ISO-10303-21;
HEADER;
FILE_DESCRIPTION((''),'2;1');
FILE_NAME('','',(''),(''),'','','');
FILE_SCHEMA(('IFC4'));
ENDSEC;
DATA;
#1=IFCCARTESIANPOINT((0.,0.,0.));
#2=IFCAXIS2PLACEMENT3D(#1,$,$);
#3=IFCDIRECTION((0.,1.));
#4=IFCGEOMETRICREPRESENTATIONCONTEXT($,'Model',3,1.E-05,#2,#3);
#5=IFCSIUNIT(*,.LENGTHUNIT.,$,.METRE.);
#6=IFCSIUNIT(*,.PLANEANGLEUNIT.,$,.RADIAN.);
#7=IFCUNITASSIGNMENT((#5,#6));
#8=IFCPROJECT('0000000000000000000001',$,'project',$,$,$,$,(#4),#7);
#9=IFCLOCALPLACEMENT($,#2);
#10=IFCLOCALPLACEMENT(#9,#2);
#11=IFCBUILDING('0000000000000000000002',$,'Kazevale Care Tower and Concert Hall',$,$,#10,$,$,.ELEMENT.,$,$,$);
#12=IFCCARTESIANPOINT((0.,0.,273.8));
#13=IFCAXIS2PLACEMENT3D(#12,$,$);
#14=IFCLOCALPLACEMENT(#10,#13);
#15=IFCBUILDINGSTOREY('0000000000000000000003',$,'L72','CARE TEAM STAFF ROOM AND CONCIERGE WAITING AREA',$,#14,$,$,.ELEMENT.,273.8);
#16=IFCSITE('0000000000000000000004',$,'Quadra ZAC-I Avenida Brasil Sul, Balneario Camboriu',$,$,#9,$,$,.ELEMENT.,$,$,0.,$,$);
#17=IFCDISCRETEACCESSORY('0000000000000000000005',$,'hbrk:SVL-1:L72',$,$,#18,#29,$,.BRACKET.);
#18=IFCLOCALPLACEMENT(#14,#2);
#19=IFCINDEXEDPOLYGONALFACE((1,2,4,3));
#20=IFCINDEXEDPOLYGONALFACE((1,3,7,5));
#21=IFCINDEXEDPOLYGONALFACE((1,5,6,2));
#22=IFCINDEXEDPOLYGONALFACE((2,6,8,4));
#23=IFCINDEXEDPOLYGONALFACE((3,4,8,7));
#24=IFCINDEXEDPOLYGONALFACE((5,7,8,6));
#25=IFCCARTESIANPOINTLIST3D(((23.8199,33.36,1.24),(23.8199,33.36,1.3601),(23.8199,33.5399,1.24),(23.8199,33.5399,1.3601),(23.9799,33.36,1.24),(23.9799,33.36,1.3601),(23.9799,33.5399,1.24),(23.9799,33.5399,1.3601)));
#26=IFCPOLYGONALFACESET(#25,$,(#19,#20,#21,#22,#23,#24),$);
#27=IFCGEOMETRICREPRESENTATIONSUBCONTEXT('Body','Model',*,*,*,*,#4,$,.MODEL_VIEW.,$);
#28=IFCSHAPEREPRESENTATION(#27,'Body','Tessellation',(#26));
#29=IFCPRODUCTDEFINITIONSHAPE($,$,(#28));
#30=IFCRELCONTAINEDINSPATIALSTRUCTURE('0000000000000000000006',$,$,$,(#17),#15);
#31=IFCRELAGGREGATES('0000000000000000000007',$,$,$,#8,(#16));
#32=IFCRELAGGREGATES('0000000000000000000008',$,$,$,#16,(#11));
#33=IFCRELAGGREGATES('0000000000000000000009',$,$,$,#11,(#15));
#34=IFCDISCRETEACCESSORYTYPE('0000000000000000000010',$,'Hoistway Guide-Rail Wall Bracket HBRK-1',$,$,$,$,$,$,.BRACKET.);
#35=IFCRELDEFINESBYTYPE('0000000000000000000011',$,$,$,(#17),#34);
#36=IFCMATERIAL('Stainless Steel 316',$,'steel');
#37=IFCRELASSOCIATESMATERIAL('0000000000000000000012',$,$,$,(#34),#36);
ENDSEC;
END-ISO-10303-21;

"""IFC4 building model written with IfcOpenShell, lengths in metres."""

from ifc_helpers import new_model, si_unit, direction, frame, origin, origin_2d, place, context, subcontext, project, spatial, rectangle, extrude, material, type_object, element, save


model = new_model("IFC4")

# Units and contexts
model_context = context("Model", 3, precision=1e-05, world=origin(), true_north=direction((0.0, 1.0)))
body_context = subcontext(model_context, "Body", "Model", "MODEL_VIEW")
ifc_project = project(units=[si_unit("LENGTHUNIT", "METRE"), si_unit("PLANEANGLEUNIT", "RADIAN")], contexts=[model_context])

# Site, building, storey
site_placement = place(None, origin())
site = spatial("IfcSite", under=ifc_project, at=site_placement, Name="Quadra ZAC-I Avenida Brasil Sul, Balneario Camboriu", CompositionType="ELEMENT", RefElevation=0.0)
building_placement = place(site_placement, origin())
building = spatial("IfcBuilding", under=site, at=building_placement, Name="Kazevale Care Tower and Concert Hall", CompositionType="ELEMENT")
storey_placement = place(building_placement, frame((0.0, 0.0, 273.8)))
storey = spatial("IfcBuildingStorey", under=building, at=storey_placement, Name="L72", Description="CARE TEAM STAFF ROOM AND CONCIERGE WAITING AREA", CompositionType="ELEMENT", Elevation=273.8)

# Shared definitions
ifc_material_1 = material(Name="Stainless Steel 316", Category="steel")

# Discrete accessory
discrete_accessory_type = type_object("IfcDiscreteAccessoryType", Name="Hoistway Guide-Rail Wall Bracket HBRK-1", PredefinedType="BRACKET", material=ifc_material_1)
discrete_accessory_placement = place(storey_placement, frame((23.8999, 33.45, 1.24), z_axis=(0.0, 0.0, 1.0), x_axis=(1.0, 0.0, 0.0)))
element("IfcDiscreteAccessory", 1, at=discrete_accessory_placement, inside=storey, type_object=discrete_accessory_type, Name="hbrk:SVL-1:L72", PredefinedType="BRACKET", context=body_context, shape_type="SweptSolid", body=[
    extrude(rectangle(XDim=0.1599, YDim=0.1799, at=origin_2d()), origin(), (0.0, 0.0, 1.0), 0.1201),
])

save(model, "model.ifc")
